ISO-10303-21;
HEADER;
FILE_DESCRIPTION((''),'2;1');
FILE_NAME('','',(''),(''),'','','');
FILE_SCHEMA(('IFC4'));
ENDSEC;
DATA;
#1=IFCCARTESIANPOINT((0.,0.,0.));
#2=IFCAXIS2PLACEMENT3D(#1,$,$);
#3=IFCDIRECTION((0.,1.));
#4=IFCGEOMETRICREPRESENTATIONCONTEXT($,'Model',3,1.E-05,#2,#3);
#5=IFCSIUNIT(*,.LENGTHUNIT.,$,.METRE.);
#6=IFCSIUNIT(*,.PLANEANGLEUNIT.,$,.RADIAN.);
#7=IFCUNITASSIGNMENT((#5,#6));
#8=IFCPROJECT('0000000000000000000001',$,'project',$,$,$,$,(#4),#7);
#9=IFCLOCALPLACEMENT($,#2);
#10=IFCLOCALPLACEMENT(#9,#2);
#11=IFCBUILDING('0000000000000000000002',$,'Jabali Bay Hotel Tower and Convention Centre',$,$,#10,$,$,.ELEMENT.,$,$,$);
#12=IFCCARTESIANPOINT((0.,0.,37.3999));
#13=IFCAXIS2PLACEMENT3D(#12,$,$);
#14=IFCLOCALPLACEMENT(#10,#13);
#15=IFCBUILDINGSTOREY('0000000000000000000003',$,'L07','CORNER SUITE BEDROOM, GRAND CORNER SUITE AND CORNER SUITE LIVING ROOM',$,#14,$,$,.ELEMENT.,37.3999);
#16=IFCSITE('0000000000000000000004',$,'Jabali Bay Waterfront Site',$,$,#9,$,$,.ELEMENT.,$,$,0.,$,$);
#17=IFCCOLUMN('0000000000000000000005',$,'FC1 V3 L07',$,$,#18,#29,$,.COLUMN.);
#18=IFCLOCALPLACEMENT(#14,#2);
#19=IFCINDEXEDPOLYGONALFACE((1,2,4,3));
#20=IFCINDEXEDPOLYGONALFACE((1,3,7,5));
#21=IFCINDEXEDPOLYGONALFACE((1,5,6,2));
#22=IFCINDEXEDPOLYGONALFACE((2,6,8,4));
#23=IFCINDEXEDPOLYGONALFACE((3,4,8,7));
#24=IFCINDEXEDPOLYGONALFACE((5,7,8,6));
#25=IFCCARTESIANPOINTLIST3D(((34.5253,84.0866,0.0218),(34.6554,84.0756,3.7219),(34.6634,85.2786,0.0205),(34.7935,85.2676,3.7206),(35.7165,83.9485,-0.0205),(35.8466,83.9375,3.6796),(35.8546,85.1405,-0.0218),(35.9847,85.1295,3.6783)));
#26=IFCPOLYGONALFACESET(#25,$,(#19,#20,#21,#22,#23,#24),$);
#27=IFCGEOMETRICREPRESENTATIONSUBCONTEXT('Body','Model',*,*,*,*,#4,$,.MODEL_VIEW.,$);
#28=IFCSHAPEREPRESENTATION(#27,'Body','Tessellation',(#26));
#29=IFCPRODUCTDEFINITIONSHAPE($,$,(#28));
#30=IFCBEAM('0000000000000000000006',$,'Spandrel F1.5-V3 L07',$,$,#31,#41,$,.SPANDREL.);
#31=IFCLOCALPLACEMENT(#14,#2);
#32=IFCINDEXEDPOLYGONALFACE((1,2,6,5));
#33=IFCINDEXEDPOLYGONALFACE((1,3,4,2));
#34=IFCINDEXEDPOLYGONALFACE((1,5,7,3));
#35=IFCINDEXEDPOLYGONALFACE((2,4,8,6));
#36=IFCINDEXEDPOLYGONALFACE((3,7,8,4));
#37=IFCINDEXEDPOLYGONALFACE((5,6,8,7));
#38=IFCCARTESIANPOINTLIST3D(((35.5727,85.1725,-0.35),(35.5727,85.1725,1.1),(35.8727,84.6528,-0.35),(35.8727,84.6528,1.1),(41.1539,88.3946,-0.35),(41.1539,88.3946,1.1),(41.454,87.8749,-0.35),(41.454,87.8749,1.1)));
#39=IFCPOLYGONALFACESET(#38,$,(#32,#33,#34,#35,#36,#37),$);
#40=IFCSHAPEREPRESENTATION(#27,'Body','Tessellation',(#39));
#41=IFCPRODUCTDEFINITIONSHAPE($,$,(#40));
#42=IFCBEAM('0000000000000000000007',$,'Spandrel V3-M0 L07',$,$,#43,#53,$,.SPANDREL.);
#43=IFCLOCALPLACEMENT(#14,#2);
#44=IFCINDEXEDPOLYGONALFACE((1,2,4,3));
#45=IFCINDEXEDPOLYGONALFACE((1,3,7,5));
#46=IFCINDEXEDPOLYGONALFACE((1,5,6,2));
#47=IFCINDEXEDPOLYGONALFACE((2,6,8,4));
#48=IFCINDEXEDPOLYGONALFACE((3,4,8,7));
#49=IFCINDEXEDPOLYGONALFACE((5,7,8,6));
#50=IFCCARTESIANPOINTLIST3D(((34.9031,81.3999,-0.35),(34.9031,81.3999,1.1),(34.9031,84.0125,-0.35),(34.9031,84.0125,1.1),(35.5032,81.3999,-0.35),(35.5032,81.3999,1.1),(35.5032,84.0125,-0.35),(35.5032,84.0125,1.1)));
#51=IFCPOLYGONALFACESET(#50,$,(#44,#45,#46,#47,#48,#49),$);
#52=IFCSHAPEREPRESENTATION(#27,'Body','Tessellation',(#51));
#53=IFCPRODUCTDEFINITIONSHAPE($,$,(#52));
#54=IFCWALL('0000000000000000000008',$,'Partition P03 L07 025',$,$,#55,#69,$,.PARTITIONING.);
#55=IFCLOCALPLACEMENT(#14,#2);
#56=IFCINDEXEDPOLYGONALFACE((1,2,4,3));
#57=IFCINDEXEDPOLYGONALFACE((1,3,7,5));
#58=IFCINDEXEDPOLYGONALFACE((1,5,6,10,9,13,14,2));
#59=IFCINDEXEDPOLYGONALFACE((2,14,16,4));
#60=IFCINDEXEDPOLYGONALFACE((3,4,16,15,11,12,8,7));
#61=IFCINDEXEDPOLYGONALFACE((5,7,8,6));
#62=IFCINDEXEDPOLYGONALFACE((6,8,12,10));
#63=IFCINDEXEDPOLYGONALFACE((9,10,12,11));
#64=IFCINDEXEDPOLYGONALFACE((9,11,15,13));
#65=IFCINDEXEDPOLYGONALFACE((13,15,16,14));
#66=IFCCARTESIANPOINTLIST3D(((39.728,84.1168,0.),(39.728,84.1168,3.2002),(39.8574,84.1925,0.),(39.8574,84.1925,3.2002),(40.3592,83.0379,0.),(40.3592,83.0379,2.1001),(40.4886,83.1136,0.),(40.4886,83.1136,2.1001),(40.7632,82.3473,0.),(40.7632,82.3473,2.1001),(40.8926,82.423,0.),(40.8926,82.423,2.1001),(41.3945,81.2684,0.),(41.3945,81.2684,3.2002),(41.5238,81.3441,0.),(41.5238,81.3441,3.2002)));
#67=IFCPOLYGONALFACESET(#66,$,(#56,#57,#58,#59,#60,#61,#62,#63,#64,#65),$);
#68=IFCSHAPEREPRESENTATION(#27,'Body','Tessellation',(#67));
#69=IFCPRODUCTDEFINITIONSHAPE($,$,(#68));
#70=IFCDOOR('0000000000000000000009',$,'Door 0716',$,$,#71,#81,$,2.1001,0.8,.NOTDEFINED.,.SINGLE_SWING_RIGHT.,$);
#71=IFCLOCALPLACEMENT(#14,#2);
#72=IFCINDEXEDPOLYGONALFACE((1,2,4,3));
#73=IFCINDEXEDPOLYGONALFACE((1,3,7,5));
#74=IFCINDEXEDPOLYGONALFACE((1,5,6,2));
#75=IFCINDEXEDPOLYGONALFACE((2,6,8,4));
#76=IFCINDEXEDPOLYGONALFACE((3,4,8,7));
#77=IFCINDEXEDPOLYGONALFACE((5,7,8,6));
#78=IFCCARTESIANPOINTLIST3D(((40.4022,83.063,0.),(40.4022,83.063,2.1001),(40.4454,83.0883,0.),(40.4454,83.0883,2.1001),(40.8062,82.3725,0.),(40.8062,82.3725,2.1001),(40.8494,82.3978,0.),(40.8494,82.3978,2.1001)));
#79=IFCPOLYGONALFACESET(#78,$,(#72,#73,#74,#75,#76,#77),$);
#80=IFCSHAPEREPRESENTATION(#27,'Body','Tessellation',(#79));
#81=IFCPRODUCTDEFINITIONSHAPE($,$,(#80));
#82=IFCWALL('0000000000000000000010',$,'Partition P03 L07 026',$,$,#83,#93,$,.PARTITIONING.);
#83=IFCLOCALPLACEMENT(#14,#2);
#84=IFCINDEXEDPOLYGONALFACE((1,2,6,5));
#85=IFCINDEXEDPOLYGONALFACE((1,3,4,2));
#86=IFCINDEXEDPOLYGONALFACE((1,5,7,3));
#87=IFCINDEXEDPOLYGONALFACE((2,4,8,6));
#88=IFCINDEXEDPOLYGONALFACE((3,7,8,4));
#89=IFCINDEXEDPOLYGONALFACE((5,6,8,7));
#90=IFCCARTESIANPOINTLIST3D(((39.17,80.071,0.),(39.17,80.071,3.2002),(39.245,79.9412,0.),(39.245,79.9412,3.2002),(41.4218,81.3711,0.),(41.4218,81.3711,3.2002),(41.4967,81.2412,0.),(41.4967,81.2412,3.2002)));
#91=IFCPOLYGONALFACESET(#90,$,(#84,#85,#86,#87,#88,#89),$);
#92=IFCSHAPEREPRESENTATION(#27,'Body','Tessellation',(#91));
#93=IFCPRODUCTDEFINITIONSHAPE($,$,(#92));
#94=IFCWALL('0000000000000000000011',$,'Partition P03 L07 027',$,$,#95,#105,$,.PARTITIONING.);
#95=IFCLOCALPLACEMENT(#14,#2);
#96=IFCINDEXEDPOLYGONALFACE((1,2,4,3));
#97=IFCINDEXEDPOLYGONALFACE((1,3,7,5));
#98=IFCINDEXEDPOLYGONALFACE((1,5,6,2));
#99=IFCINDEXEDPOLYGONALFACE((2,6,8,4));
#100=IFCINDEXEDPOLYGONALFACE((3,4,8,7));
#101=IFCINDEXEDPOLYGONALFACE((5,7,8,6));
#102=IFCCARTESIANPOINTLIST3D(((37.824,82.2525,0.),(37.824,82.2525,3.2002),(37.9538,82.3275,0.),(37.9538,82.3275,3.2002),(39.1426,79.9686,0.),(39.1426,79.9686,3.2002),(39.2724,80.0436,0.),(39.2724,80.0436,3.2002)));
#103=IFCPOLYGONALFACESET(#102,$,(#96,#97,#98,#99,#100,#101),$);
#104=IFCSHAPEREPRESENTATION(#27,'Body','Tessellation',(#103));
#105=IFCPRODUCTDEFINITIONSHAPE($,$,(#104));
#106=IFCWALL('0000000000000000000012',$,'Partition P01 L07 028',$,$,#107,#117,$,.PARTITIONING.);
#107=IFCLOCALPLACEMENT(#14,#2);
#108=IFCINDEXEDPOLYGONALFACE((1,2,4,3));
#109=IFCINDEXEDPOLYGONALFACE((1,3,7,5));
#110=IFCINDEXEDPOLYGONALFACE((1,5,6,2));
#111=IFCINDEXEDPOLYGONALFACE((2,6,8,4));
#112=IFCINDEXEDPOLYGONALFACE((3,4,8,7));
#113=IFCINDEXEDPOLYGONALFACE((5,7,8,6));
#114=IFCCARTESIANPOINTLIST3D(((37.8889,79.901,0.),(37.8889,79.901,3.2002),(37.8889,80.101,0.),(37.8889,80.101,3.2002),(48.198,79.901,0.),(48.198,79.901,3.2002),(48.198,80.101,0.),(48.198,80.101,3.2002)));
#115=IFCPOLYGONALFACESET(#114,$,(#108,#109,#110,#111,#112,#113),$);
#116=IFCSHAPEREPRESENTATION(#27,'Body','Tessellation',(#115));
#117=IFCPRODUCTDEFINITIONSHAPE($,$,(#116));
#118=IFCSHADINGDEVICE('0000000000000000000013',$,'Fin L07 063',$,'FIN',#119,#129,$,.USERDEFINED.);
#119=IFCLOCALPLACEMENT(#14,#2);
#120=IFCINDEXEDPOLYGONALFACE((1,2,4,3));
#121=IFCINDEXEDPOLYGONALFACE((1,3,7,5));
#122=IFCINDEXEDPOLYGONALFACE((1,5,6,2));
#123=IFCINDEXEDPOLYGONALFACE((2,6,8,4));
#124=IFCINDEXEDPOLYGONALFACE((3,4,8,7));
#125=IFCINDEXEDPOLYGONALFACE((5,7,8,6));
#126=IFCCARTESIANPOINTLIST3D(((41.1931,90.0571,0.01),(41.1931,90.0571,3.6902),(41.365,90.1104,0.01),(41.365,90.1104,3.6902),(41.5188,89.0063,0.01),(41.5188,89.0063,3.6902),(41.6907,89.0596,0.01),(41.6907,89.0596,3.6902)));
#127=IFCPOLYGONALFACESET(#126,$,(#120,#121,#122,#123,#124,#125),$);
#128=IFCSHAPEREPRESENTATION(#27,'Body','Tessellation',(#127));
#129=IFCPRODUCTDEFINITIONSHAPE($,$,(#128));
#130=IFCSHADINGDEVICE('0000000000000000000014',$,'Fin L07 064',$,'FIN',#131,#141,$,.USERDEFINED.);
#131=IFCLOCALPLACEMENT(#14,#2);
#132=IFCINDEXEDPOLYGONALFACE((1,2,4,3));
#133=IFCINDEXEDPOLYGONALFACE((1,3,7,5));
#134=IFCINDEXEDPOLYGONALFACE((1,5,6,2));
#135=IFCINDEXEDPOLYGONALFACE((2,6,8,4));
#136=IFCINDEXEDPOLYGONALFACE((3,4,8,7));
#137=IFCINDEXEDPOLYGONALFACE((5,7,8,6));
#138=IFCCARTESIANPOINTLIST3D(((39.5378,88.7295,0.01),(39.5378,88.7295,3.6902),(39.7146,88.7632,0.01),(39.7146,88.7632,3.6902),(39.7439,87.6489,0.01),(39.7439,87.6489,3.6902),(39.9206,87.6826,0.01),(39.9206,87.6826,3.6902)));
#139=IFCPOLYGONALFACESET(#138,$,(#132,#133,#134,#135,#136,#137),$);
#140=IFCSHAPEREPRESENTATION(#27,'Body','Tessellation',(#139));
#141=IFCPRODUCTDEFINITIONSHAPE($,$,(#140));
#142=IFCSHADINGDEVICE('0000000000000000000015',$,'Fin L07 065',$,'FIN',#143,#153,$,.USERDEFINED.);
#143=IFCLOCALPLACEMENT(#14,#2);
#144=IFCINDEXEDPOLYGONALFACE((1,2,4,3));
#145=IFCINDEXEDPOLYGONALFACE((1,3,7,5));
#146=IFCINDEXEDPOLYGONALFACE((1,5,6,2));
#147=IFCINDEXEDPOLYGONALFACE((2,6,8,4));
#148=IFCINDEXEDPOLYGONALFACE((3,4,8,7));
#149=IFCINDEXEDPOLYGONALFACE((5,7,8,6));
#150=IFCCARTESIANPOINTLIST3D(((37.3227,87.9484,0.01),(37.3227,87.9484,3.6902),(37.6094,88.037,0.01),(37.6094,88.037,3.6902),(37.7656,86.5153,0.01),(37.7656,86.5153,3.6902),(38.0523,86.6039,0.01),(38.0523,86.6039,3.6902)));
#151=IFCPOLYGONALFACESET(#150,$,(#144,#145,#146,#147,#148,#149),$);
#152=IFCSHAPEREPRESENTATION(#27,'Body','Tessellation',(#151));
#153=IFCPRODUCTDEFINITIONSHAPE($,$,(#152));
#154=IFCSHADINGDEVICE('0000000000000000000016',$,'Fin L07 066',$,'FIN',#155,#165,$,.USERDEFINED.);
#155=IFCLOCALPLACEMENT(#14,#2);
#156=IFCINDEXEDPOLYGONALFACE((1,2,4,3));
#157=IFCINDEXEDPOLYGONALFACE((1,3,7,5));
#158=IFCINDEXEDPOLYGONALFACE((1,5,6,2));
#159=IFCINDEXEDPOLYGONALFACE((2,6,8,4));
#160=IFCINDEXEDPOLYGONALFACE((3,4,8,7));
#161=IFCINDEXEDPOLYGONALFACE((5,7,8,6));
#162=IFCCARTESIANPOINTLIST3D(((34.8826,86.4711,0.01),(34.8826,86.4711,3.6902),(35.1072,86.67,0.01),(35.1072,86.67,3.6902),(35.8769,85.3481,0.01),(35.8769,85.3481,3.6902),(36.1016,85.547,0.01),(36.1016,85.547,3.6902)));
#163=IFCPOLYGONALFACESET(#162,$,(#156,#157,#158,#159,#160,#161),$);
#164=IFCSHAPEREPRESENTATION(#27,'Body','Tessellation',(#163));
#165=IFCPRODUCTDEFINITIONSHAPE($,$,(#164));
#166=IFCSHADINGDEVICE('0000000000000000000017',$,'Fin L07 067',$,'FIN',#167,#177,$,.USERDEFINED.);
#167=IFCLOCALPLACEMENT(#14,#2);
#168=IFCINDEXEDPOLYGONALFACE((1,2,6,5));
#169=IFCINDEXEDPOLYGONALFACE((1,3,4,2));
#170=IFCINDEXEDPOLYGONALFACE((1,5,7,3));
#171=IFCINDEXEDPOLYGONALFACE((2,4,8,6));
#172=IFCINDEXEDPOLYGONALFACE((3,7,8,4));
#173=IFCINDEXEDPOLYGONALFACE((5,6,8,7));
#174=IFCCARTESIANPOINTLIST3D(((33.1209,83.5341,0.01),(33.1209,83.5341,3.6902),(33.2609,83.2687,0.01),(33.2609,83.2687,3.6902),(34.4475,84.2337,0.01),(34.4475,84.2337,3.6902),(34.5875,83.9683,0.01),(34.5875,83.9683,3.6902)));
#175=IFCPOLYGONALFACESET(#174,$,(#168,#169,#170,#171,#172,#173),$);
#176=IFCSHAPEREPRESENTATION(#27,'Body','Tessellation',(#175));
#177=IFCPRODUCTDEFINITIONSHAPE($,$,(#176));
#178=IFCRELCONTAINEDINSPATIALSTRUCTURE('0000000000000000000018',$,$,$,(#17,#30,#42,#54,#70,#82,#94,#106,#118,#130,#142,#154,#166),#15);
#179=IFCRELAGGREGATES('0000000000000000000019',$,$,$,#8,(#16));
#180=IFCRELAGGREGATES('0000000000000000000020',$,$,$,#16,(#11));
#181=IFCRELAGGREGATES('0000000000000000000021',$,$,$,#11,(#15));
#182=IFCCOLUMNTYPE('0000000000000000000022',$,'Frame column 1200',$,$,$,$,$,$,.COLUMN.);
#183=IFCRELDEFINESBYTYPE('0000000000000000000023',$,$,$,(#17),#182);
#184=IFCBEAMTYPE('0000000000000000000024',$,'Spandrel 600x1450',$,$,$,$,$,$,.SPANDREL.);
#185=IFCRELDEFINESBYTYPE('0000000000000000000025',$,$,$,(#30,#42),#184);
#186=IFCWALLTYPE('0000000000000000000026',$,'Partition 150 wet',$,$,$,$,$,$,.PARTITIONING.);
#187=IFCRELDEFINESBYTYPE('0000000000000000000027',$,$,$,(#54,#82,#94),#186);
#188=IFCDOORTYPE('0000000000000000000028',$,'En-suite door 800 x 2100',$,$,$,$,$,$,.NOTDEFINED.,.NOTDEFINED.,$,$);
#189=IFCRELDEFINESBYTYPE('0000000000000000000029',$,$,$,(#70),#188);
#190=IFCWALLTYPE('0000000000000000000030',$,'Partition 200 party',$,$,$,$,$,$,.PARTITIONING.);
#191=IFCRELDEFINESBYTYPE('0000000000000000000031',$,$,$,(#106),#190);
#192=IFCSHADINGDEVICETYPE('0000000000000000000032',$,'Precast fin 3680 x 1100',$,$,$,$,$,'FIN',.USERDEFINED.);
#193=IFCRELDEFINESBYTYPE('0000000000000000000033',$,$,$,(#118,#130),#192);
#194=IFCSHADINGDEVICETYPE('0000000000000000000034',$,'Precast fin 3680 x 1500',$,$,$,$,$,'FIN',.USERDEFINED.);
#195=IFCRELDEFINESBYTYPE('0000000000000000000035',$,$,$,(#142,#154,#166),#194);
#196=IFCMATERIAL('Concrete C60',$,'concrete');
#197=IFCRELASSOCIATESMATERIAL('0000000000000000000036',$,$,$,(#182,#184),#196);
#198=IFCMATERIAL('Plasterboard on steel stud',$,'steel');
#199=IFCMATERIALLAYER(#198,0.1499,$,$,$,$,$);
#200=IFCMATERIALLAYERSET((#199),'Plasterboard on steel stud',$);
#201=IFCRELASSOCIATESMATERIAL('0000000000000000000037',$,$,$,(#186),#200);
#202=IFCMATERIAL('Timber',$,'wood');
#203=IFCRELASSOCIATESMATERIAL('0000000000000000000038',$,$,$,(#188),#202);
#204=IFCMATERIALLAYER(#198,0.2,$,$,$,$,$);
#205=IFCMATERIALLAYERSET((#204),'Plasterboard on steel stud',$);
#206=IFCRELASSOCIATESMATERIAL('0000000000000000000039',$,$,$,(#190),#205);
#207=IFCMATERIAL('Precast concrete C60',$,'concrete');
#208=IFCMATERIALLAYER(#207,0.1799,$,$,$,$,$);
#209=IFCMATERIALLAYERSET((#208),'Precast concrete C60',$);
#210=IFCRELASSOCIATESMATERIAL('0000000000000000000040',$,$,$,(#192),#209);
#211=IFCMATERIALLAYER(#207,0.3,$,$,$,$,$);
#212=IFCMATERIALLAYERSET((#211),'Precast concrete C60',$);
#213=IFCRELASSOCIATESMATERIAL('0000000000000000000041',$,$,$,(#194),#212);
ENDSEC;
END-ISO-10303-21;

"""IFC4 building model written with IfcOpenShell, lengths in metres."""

from ifc_helpers import new_model, si_unit, direction, frame, frame_2d, origin, origin_2d, place, context, subcontext, project, spatial, rectangle, extrude, material, layer, layer_set, material_profile, profile_set, type_object, element, fill, save


model = new_model("IFC4")

# Units and contexts
model_context = context("Model", 3, precision=1e-05, world=origin(), true_north=direction((0.0, 1.0)))
body_context = subcontext(model_context, "Body", "Model", "MODEL_VIEW")
ifc_project = project(units=[si_unit("LENGTHUNIT", "METRE"), si_unit("PLANEANGLEUNIT", "RADIAN")], contexts=[model_context])

# Site, building, storey
site_placement = place(None, origin())
site = spatial("IfcSite", under=ifc_project, at=site_placement, Name="Jabali Bay Waterfront Site", CompositionType="ELEMENT", RefElevation=0.0)
building_placement = place(site_placement, origin())
building = spatial("IfcBuilding", under=site, at=building_placement, Name="Jabali Bay Hotel Tower and Convention Centre", CompositionType="ELEMENT")
storey_placement = place(building_placement, frame((0.0, 0.0, 37.3999)))
storey = spatial("IfcBuildingStorey", under=building, at=storey_placement, Name="L07", Description="CORNER SUITE BEDROOM, GRAND CORNER SUITE AND CORNER SUITE LIVING ROOM", CompositionType="ELEMENT", Elevation=37.3999)

# Column
ifc_material_1 = material(Name="Concrete C60", Category="concrete")
ifc_material_profile_1 = material_profile(ifc_material_1, rectangle(XDim=1.2, YDim=1.2, at=origin_2d()), Name="Frame column 1200")
ifc_profile_set_1 = profile_set([ifc_material_profile_1], Name="Concrete C60")
column_type = type_object("IfcColumnType", Name="Frame column 1200", PredefinedType="COLUMN", material=ifc_profile_set_1)
column_placement = place(storey_placement, frame((35.1899, 84.6135, 0.0), z_axis=(0.035146, -0.002967, 0.999378), x_axis=(-0.992732, 0.115069, 0.035254)))
element("IfcColumn", 1, at=column_placement, inside=storey, type_object=column_type, Name="FC1 V3 L07", PredefinedType="COLUMN", context=body_context, shape_type="SweptSolid", body=[
    extrude(rectangle(XDim=1.2, YDim=1.2, at=origin_2d()), origin(), (0.0, 0.0, 1.0), 3.7024),
])

# Beams
ifc_material_profile_2 = material_profile(ifc_material_1, rectangle(XDim=0.6001, YDim=1.45, at=origin_2d()), Name="Spandrel 600x1450")
ifc_profile_set_2 = profile_set([ifc_material_profile_2], Name="Concrete C60")
beam_type = type_object("IfcBeamType", Name="Spandrel 600x1450", PredefinedType="SPANDREL", material=ifc_profile_set_2)
beam_1_placement = place(storey_placement, frame((41.304, 88.1348, 0.375), z_axis=(-0.866039, -0.499977, 0.0), x_axis=(0.499977, -0.866039, 0.0)))
element("IfcBeam", 2, at=beam_1_placement, inside=storey, type_object=beam_type, Name="Spandrel F1.5-V3 L07", PredefinedType="SPANDREL", context=body_context, shape_type="SweptSolid", body=[
    extrude(rectangle(XDim=0.6001, YDim=1.45, at=origin_2d()), origin(), (0.0, 0.0, 1.0), 6.4446),
])
beam_2_placement = place(storey_placement, frame((35.2031, 84.0125, 0.375), z_axis=(0.0, -1.0, 0.0), x_axis=(1.0, 0.0, 0.0)))
element("IfcBeam", 3, at=beam_2_placement, inside=storey, type_object=beam_type, Name="Spandrel V3-M0 L07", PredefinedType="SPANDREL", context=body_context, shape_type="SweptSolid", body=[
    extrude(rectangle(XDim=0.6001, YDim=1.45, at=origin_2d()), origin(), (0.0, 0.0, 1.0), 2.6125),
])

# Wall, opening, door
ifc_material_2 = material(Name="Plasterboard on steel stud", Category="steel")
ifc_layer_1 = layer(ifc_material_2, 0.1499)
ifc_layer_set_1 = layer_set([ifc_layer_1], Name="Plasterboard on steel stud")
wall_type_1 = type_object("IfcWallType", Name="Partition 150 wet", PredefinedType="PARTITIONING", material=ifc_layer_set_1)
wall_1_placement = place(storey_placement, frame((39.7927, 84.1545, 0.0), z_axis=(0.0, 0.0, 1.0), x_axis=(0.504988, -0.863126, 0.0)))
wall_1 = element("IfcWall", 4, at=wall_1_placement, inside=storey, type_object=wall_type_1, Name="Partition P03 L07 025", PredefinedType="PARTITIONING", context=body_context, shape_type="SweptSolid", body=[
    extrude(rectangle(XDim=3.3, YDim=0.1499, at=frame_2d((1.6499, 0.0))), origin(), (0.0, 0.0, 1.0), 3.2002),
])
opening_1_placement = place(wall_1_placement, frame((1.25, 0.0, 0.0)))
opening_1 = element("IfcOpeningElement", 5, at=opening_1_placement, cuts=wall_1, PredefinedType="OPENING", context=body_context, shape_type="SweptSolid", body=[
    extrude(rectangle(XDim=0.8, YDim=2.1001, at=frame_2d((0.3999, 1.05))), frame((0.0, 0.0854, 0.0), z_axis=(0.0, -1.0, 0.0), x_axis=(1.0, 0.0, 0.0)), (0.0, 0.0, 1.0), 0.1709),
])
ifc_material_3 = material(Name="Timber", Category="wood")
door_type_1 = type_object("IfcDoorType", Name="En-suite door 800 x 2100", OperationType="NOTDEFINED", PredefinedType="NOTDEFINED", material=ifc_material_3)
door_1_placement = place(opening_1_placement, origin())
door_1 = element("IfcDoor", 6, at=door_1_placement, inside=storey, type_object=door_type_1, Name="Door 0716", OperationType="SINGLE_SWING_RIGHT", OverallHeight=2.1001, OverallWidth=0.8, PredefinedType="NOTDEFINED", context=body_context, shape_type="SweptSolid", body=[
    extrude(rectangle(XDim=0.8, YDim=2.1001, at=frame_2d((0.3999, 1.05))), frame((0.0, 0.0249, 0.0), z_axis=(0.0, -1.0, 0.0), x_axis=(1.0, 0.0, 0.0)), (0.0, 0.0, 1.0), 0.05),
])
fill(opening_1, door_1)

# Walls
wall_2_placement = place(storey_placement, frame((41.4592, 81.3062, 0.0), z_axis=(0.0, 0.0, 1.0), x_axis=(-0.866021, -0.500007, 0.0)))
element("IfcWall", 7, at=wall_2_placement, inside=storey, type_object=wall_type_1, Name="Partition P03 L07 026", PredefinedType="PARTITIONING", context=body_context, shape_type="SweptSolid", body=[
    extrude(rectangle(XDim=2.6001, YDim=0.1499, at=frame_2d((1.3, 0.0))), origin(), (0.0, 0.0, 1.0), 3.2002),
])
wall_3_placement = place(storey_placement, frame((39.2075, 80.0061, 0.0), z_axis=(0.0, 0.0, 1.0), x_axis=(-0.499992, 0.86603, 0.0)))
element("IfcWall", 8, at=wall_3_placement, inside=storey, type_object=wall_type_1, Name="Partition P03 L07 027", PredefinedType="PARTITIONING", context=body_context, shape_type="SweptSolid", body=[
    extrude(rectangle(XDim=2.6372, YDim=0.1499, at=frame_2d((1.3186, 0.0))), origin(), (0.0, 0.0, 1.0), 3.2002),
])
ifc_layer_2 = layer(ifc_material_2, 0.2)
ifc_layer_set_2 = layer_set([ifc_layer_2], Name="Plasterboard on steel stud")
wall_type_2 = type_object("IfcWallType", Name="Partition 200 party", PredefinedType="PARTITIONING", material=ifc_layer_set_2)
wall_4_placement = place(storey_placement, frame((37.8889, 80.001, 0.0), z_axis=(0.0, 0.0, 1.0), x_axis=(1.0, 0.0, 0.0)))
element("IfcWall", 9, at=wall_4_placement, inside=storey, type_object=wall_type_2, Name="Partition P01 L07 028", PredefinedType="PARTITIONING", context=body_context, shape_type="SweptSolid", body=[
    extrude(rectangle(XDim=10.3091, YDim=0.2, at=frame_2d((5.1545, 0.0))), origin(), (0.0, 0.0, 1.0), 3.2002),
])

# Shading devices
ifc_material_4 = material(Name="Precast concrete C60", Category="concrete")
ifc_layer_3 = layer(ifc_material_4, 0.1799)
ifc_layer_set_3 = layer_set([ifc_layer_3], Name="Precast concrete C60")
shading_device_type_1 = type_object("IfcShadingDeviceType", Name="Precast fin 3680 x 1100", ElementType="FIN", PredefinedType="USERDEFINED", material=ifc_layer_set_3)
for number, where, z_axis, x_axis, name in (
    (10, (41.6047, 89.033, 0.01), (0.0, 0.0, 1.0), (-0.29605, 0.955172, 0.0), "Fin L07 063"),
    (11, (39.8323, 87.6658, 0.01), (0.0, 0.0, 1.0), (-0.187316, 0.9823, 0.0), "Fin L07 064"),
):
    element("IfcShadingDevice", number, at=place(storey_placement, frame(where, z_axis=z_axis, x_axis=x_axis)), inside=storey, type_object=shading_device_type_1, Name=name, ObjectType="FIN", PredefinedType="USERDEFINED", context=body_context, shape_type="SweptSolid", body=[
        extrude(rectangle(XDim=1.1001, YDim=0.1799, at=frame_2d((0.55, 0.0))), origin(), (0.0, 0.0, 1.0), 3.6802),
    ])
ifc_layer_4 = layer(ifc_material_4, 0.3)
ifc_layer_set_4 = layer_set([ifc_layer_4], Name="Precast concrete C60")
shading_device_type_2 = type_object("IfcShadingDeviceType", Name="Precast fin 3680 x 1500", ElementType="FIN", PredefinedType="USERDEFINED", material=ifc_layer_set_4)
for number, where, z_axis, x_axis, name in (
    (12, (37.9089, 86.5596, 0.01), (0.0, 0.0, 1.0), (-0.295252, 0.955419, 0.0), "Fin L07 065"),
    (13, (35.9893, 85.4475, 0.01), (0.0, 0.0, 1.0), (-0.662918, 0.748692, 0.0), "Fin L07 066"),
):
    element("IfcShadingDevice", number, at=place(storey_placement, frame(where, z_axis=z_axis, x_axis=x_axis)), inside=storey, type_object=shading_device_type_2, Name=name, ObjectType="FIN", PredefinedType="USERDEFINED", context=body_context, shape_type="SweptSolid", body=[
        extrude(rectangle(XDim=1.5, YDim=0.3, at=frame_2d((0.75, 0.0))), origin(), (0.0, 0.0, 1.0), 3.6802),
    ])
shading_device_1_placement = place(storey_placement, frame((34.5176, 84.1011, 0.01), z_axis=(0.0, 0.0, 1.0), x_axis=(-0.884515, -0.466511, 0.0)))
element("IfcShadingDevice", 14, at=shading_device_1_placement, inside=storey, type_object=shading_device_type_2, Name="Fin L07 067", ObjectType="FIN", PredefinedType="USERDEFINED", context=body_context, shape_type="SweptSolid", body=[
    extrude(rectangle(XDim=1.4998, YDim=0.3, at=frame_2d((0.75, 0.0))), origin(), (0.0, 0.0, 1.0), 3.6802),
])

save(model, "model.ifc")
